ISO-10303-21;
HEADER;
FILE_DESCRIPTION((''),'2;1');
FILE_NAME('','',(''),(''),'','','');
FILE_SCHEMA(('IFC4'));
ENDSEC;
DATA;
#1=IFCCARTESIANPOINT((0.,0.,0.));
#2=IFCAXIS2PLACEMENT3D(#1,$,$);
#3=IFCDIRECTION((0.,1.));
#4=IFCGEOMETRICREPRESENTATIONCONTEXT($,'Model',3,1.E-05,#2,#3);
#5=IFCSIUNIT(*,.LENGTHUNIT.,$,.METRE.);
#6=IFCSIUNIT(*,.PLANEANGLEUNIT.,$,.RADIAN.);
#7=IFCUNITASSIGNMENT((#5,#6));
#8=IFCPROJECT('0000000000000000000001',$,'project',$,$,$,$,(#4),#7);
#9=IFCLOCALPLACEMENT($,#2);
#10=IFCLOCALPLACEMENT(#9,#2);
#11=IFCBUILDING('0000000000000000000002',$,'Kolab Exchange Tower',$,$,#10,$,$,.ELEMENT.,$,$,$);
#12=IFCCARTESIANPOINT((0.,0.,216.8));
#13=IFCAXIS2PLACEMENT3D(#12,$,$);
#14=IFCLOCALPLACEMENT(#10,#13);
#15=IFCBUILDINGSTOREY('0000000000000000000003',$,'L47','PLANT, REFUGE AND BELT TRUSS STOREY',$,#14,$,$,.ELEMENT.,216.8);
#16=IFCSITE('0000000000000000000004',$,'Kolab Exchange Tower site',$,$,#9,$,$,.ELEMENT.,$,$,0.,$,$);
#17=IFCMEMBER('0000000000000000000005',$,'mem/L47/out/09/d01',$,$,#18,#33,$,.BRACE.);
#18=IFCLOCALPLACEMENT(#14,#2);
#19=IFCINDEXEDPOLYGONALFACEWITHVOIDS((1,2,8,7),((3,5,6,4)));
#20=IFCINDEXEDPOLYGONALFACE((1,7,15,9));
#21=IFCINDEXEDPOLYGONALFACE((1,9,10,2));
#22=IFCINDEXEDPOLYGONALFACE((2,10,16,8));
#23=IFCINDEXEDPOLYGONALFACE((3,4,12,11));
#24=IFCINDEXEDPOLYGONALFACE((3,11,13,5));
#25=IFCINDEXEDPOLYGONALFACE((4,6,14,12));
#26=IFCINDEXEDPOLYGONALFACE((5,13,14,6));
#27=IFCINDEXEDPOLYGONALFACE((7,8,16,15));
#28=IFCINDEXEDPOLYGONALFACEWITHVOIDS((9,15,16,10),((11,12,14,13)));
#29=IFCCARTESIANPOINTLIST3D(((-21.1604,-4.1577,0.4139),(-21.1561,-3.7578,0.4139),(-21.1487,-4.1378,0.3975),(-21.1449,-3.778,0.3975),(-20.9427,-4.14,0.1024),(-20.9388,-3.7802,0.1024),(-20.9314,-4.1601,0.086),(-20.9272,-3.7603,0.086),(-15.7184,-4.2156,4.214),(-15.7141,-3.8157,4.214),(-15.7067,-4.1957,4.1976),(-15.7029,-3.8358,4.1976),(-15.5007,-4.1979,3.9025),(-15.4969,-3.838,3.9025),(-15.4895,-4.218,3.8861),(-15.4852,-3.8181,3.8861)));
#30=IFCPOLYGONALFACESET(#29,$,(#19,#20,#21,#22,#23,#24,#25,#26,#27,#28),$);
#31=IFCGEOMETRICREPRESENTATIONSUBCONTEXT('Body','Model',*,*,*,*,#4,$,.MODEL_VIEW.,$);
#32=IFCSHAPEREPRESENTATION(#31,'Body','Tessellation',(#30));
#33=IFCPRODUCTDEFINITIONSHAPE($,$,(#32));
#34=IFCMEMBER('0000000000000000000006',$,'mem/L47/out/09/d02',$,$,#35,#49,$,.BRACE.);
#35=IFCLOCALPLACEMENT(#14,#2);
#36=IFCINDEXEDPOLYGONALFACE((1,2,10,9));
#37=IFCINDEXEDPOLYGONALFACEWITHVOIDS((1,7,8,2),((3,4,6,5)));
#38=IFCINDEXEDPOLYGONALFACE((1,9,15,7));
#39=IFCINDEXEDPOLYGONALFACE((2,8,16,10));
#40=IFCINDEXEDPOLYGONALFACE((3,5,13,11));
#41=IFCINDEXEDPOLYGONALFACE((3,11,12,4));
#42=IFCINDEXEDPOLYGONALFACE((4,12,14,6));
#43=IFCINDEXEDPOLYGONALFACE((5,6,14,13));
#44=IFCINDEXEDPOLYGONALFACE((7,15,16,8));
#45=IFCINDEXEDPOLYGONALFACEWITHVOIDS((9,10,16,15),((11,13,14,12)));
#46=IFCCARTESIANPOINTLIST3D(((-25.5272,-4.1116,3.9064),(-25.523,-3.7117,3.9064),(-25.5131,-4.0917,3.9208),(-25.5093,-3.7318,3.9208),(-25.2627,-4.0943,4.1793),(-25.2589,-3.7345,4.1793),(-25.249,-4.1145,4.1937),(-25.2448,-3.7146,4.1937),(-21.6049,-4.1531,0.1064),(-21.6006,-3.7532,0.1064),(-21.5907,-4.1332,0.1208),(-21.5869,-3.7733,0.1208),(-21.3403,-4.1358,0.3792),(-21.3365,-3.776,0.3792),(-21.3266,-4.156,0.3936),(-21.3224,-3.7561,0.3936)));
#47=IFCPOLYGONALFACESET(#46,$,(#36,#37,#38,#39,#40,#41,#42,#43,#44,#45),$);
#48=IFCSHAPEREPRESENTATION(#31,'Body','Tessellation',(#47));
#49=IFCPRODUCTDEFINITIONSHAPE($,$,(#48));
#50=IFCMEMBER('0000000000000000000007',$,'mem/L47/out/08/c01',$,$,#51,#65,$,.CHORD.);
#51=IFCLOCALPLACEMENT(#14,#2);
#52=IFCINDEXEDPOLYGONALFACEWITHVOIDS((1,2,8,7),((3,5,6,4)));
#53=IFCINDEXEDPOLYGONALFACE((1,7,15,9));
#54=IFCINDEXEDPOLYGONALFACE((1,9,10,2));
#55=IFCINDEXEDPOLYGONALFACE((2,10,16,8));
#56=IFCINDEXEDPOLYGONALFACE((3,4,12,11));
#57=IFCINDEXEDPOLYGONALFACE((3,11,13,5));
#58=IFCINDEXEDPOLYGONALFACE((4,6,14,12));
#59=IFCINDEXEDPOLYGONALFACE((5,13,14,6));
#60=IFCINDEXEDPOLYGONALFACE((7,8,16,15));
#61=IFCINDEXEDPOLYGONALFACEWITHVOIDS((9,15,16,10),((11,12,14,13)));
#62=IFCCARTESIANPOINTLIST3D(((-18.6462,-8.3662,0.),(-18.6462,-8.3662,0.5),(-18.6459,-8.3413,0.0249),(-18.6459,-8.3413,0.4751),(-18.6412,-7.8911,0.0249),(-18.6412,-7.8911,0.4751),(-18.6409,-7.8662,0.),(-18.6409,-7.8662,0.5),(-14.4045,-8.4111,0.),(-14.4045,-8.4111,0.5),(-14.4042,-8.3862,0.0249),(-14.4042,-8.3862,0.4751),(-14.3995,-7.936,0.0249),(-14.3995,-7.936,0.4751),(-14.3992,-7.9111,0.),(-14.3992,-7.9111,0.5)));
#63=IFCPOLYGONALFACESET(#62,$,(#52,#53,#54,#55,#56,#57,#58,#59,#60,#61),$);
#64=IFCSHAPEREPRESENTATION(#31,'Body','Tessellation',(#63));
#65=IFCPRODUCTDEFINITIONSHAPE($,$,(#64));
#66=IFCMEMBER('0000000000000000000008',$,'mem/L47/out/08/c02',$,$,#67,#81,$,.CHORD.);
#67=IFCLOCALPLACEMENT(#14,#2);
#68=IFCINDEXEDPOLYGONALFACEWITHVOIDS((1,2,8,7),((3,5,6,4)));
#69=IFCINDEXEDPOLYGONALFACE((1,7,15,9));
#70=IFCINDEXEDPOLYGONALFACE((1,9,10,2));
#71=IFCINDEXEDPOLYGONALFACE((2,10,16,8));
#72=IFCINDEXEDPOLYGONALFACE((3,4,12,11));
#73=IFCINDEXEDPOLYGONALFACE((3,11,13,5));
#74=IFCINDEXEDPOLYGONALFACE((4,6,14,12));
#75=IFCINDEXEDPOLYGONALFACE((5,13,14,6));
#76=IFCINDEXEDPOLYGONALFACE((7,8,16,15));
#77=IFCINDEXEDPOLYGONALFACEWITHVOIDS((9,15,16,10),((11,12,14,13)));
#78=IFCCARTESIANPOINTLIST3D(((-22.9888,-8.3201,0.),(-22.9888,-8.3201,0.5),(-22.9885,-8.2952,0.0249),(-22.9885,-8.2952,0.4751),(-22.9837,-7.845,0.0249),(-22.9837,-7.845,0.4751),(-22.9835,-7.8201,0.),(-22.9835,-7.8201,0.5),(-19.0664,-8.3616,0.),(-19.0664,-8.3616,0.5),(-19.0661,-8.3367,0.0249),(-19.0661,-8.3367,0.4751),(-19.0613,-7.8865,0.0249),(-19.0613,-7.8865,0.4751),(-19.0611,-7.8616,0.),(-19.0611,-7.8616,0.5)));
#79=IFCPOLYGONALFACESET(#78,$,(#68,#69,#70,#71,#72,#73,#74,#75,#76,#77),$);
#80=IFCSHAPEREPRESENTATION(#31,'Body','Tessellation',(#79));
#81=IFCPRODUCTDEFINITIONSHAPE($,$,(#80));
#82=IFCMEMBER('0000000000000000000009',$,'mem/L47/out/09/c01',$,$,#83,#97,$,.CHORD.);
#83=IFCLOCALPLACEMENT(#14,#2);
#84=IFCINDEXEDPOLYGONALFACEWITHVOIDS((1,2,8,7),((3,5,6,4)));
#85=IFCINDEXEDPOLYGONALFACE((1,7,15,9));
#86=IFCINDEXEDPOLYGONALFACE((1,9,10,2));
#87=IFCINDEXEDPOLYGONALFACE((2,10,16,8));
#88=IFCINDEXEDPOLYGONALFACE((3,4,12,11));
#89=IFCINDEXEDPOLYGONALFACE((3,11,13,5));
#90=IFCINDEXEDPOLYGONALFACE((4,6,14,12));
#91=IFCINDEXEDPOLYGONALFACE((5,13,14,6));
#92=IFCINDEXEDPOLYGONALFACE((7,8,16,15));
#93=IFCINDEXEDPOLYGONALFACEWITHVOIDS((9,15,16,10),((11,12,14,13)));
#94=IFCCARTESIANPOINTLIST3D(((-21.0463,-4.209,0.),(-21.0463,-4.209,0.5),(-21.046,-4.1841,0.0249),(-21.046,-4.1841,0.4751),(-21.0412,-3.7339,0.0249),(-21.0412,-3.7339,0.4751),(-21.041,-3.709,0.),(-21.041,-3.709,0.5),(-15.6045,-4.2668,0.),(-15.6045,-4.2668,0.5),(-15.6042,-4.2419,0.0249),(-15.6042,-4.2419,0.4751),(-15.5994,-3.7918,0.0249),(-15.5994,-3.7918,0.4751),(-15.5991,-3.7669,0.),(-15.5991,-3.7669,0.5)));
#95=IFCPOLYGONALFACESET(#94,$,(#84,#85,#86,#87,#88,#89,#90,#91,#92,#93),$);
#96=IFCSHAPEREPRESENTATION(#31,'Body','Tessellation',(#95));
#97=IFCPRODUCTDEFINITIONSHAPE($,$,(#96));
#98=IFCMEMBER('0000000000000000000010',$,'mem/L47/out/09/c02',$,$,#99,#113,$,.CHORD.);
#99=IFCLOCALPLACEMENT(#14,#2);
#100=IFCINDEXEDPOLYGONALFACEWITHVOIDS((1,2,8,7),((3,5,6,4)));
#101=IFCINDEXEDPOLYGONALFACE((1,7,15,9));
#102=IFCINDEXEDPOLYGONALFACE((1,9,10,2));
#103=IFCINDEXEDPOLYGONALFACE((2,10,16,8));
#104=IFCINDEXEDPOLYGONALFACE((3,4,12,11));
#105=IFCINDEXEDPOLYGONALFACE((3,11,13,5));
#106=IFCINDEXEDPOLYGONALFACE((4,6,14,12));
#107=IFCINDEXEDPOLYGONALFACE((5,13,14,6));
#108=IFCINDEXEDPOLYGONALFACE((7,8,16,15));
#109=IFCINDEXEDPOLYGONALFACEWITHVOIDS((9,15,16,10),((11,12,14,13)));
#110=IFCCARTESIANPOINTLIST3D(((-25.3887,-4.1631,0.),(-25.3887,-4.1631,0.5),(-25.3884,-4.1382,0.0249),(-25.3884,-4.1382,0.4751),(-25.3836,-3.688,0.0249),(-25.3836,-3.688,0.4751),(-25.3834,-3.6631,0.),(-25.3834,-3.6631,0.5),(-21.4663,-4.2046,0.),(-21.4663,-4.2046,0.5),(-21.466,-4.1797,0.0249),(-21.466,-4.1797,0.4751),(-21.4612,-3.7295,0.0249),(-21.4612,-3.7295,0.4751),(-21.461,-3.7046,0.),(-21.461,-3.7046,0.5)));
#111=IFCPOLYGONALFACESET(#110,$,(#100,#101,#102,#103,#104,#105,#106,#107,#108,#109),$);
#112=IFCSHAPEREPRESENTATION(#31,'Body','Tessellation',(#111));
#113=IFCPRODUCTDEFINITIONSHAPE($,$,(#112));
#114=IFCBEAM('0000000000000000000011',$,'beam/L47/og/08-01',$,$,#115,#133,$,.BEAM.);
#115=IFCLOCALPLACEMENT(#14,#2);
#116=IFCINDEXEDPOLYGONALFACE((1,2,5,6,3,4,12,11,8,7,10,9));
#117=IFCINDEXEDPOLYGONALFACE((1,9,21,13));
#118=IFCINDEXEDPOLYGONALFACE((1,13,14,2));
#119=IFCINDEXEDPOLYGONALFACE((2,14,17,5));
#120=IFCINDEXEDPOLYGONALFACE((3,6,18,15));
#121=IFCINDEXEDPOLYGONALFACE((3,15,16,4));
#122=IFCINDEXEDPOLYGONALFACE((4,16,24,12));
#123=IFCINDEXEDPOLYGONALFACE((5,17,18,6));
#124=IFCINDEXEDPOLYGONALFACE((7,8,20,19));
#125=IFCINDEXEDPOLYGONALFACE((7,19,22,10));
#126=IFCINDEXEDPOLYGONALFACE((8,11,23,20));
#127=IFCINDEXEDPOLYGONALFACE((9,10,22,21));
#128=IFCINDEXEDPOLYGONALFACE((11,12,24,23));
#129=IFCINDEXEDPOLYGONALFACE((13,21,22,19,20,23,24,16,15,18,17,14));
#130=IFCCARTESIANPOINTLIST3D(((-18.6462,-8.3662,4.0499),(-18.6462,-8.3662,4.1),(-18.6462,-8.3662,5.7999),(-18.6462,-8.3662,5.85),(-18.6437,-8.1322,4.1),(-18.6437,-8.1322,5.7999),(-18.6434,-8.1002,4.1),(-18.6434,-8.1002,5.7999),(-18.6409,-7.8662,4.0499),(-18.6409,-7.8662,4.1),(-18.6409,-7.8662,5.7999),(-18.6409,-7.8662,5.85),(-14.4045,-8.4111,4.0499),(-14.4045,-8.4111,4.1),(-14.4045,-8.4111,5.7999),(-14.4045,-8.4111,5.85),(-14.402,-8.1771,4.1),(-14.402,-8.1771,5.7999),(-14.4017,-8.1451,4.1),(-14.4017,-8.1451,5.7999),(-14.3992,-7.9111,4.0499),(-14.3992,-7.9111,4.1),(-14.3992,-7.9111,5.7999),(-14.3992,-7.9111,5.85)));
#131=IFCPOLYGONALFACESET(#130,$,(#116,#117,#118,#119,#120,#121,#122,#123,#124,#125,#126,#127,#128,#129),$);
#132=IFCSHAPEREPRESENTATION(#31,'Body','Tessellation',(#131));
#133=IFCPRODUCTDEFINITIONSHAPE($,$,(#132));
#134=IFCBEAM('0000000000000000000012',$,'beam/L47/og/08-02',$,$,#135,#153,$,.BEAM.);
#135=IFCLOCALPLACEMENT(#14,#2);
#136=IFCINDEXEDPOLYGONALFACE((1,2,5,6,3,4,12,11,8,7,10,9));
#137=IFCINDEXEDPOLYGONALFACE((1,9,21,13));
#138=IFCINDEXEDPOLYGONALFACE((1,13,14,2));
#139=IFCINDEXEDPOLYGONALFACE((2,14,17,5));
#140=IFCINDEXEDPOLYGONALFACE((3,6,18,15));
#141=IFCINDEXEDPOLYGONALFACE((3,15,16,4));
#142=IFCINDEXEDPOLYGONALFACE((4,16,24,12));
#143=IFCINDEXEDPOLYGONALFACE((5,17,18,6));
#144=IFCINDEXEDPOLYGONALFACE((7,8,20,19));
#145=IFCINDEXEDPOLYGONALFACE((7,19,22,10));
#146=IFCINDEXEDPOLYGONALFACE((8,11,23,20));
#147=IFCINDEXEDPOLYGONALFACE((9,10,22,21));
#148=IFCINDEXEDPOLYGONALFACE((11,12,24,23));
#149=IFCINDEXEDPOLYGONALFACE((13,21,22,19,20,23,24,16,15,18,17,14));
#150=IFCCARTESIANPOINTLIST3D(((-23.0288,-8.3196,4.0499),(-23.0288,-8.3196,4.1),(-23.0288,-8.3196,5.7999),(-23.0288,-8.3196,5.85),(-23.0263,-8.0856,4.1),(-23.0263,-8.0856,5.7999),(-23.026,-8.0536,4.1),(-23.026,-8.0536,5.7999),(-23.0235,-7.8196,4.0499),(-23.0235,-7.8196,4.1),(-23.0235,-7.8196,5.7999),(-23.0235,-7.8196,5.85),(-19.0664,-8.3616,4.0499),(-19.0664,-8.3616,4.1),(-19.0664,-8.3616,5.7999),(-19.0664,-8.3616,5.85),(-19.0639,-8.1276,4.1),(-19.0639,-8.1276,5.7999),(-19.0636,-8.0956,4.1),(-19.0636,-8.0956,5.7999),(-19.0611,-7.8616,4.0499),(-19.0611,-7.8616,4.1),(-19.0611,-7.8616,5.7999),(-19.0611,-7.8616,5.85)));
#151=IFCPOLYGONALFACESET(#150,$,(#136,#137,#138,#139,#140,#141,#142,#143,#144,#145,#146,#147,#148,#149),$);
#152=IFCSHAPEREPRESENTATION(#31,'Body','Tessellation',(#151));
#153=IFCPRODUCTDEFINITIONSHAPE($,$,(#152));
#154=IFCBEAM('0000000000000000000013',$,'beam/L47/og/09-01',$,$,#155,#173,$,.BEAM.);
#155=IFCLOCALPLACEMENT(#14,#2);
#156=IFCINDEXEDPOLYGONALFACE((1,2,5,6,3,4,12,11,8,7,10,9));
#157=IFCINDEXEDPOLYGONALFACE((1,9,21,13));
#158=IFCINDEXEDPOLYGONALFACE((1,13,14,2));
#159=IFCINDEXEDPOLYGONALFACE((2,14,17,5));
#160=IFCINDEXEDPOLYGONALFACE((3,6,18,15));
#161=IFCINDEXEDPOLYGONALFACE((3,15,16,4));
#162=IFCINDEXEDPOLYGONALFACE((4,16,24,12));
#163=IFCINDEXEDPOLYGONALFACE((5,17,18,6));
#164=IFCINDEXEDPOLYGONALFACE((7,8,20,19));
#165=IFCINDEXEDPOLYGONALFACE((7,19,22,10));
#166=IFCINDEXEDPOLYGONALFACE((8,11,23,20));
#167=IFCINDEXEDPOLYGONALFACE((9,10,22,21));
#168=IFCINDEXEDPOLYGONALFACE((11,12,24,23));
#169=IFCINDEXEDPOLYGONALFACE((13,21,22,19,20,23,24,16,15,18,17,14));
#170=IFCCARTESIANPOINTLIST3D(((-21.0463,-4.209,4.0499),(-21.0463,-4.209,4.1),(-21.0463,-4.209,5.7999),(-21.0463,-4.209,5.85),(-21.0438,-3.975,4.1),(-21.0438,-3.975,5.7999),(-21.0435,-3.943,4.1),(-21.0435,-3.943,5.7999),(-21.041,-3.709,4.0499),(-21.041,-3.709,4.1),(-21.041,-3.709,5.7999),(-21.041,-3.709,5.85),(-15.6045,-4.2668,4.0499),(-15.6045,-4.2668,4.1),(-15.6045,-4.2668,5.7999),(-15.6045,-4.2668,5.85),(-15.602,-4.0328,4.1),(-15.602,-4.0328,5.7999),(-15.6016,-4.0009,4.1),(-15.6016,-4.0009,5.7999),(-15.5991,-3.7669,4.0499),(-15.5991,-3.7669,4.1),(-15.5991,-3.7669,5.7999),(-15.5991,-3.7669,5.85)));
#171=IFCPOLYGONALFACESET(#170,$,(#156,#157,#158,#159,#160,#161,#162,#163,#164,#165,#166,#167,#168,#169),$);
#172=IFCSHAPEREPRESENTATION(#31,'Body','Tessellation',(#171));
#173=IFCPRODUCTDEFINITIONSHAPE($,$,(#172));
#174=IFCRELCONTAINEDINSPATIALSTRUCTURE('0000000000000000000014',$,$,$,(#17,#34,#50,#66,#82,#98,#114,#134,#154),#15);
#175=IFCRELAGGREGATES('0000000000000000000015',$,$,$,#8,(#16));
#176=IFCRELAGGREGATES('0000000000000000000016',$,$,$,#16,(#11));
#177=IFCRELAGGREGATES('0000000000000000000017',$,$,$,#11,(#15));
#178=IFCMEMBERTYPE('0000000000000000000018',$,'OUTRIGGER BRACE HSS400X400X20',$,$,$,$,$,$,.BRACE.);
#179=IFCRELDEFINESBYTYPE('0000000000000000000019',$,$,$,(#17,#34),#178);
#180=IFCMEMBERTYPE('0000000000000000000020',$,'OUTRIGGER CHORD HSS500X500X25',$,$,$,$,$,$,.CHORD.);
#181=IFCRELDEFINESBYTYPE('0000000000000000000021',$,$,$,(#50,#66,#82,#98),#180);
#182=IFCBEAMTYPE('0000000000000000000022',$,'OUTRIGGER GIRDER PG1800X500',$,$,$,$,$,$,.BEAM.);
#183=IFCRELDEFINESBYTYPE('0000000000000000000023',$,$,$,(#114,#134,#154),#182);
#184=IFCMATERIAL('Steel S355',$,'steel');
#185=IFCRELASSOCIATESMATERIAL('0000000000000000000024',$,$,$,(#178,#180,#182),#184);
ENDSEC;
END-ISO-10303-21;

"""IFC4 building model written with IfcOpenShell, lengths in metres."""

from ifc_helpers import new_model, si_unit, direction, frame, origin, origin_2d, place, context, subcontext, project, spatial, hollow_rectangle, i_section, extrude, material, material_profile, profile_set, type_object, element, save


model = new_model("IFC4")

# Units and contexts
model_context = context("Model", 3, precision=1e-05, world=origin(), true_north=direction((0.0, 1.0)))
body_context = subcontext(model_context, "Body", "Model", "MODEL_VIEW")
ifc_project = project(units=[si_unit("LENGTHUNIT", "METRE"), si_unit("PLANEANGLEUNIT", "RADIAN")], contexts=[model_context])

# Site, building, storey
site_placement = place(None, origin())
site = spatial("IfcSite", under=ifc_project, at=site_placement, Name="Kolab Exchange Tower site", CompositionType="ELEMENT", RefElevation=0.0)
building_placement = place(site_placement, origin())
building = spatial("IfcBuilding", under=site, at=building_placement, Name="Kolab Exchange Tower", CompositionType="ELEMENT")
storey_placement = place(building_placement, frame((0.0, 0.0, 216.8)))
storey = spatial("IfcBuildingStorey", under=building, at=storey_placement, Name="L47", Description="PLANT, REFUGE AND BELT TRUSS STOREY", CompositionType="ELEMENT", Elevation=216.8)

# Shared definitions
ifc_material_1 = material(Name="Steel S355", Category="steel")

# Members
ifc_material_profile_1 = material_profile(ifc_material_1, hollow_rectangle(XDim=0.3999, YDim=0.3999, WallThickness=0.02, at=origin_2d()), Name="HSS400X400X20")
ifc_profile_set_1 = profile_set([ifc_material_profile_1], Name="Steel S355")
member_type_1 = type_object("IfcMemberType", Name="OUTRIGGER BRACE HSS400X400X20", PredefinedType="BRACE", material=ifc_profile_set_1)
member_1_placement = place(storey_placement, frame((-15.6018, -4.0168, 4.05), z_axis=(-0.819857, 0.008717, -0.572502), x_axis=(-0.010632, -0.999943, 0.0)))
element("IfcMember", 1, at=member_1_placement, inside=storey, type_object=member_type_1, Name="mem/L47/out/09/d01", PredefinedType="BRACE", context=body_context, shape_type="SweptSolid", body=[
    extrude(hollow_rectangle(XDim=0.3999, YDim=0.3999, WallThickness=0.02, at=origin_2d()), origin(), (0.0, 0.0, 1.0), 6.6377),
])
member_2_placement = place(storey_placement, frame((-21.4636, -3.9546, 0.25), z_axis=(-0.718196, 0.007599, 0.6958), x_axis=(-0.010581, -0.999944, 0.0)))
element("IfcMember", 2, at=member_2_placement, inside=storey, type_object=member_type_1, Name="mem/L47/out/09/d02", PredefinedType="BRACE", context=body_context, shape_type="SweptSolid", body=[
    extrude(hollow_rectangle(XDim=0.3999, YDim=0.3999, WallThickness=0.02, at=origin_2d()), origin(), (0.0, 0.0, 1.0), 5.4614),
])
ifc_material_profile_2 = material_profile(ifc_material_1, hollow_rectangle(XDim=0.5, YDim=0.5, WallThickness=0.0249, at=origin_2d()), Name="HSS500X500X25")
ifc_profile_set_2 = profile_set([ifc_material_profile_2], Name="Steel S355")
member_type_2 = type_object("IfcMemberType", Name="OUTRIGGER CHORD HSS500X500X25", PredefinedType="CHORD", material=ifc_profile_set_2)
member_3_placement = place(storey_placement, frame((-14.4019, -8.1611, 0.25), z_axis=(-0.999944, 0.01059, 0.0), x_axis=(-0.01059, -0.999944, 0.0)))
element("IfcMember", 3, at=member_3_placement, inside=storey, type_object=member_type_2, Name="mem/L47/out/08/c01", PredefinedType="CHORD", context=body_context, shape_type="SweptSolid", body=[
    extrude(hollow_rectangle(XDim=0.5, YDim=0.5, WallThickness=0.0249, at=origin_2d()), origin(), (0.0, 0.0, 1.0), 4.2419),
])
member_4_placement = place(storey_placement, frame((-19.0637, -8.1116, 0.25), z_axis=(-0.999944, 0.010581, 0.0), x_axis=(-0.010581, -0.999944, 0.0)))
element("IfcMember", 4, at=member_4_placement, inside=storey, type_object=member_type_2, Name="mem/L47/out/08/c02", PredefinedType="CHORD", context=body_context, shape_type="SweptSolid", body=[
    extrude(hollow_rectangle(XDim=0.5, YDim=0.5, WallThickness=0.0249, at=origin_2d()), origin(), (0.0, 0.0, 1.0), 3.9226),
])
member_5_placement = place(storey_placement, frame((-15.6018, -4.0168, 0.25), z_axis=(-0.999943, 0.010632, 0.0), x_axis=(-0.010632, -0.999943, 0.0)))
element("IfcMember", 5, at=member_5_placement, inside=storey, type_object=member_type_2, Name="mem/L47/out/09/c01", PredefinedType="CHORD", context=body_context, shape_type="SweptSolid", body=[
    extrude(hollow_rectangle(XDim=0.5, YDim=0.5, WallThickness=0.0249, at=origin_2d()), origin(), (0.0, 0.0, 1.0), 5.4421),
])
member_6_placement = place(storey_placement, frame((-21.4636, -3.9546, 0.25), z_axis=(-0.999944, 0.010581, 0.0), x_axis=(-0.010581, -0.999944, 0.0)))
element("IfcMember", 6, at=member_6_placement, inside=storey, type_object=member_type_2, Name="mem/L47/out/09/c02", PredefinedType="CHORD", context=body_context, shape_type="SweptSolid", body=[
    extrude(hollow_rectangle(XDim=0.5, YDim=0.5, WallThickness=0.0249, at=origin_2d()), origin(), (0.0, 0.0, 1.0), 3.9226),
])

# Beams
ifc_material_profile_3 = material_profile(ifc_material_1, i_section(OverallWidth=0.5, OverallDepth=1.8, WebThickness=0.032, FlangeThickness=0.05, at=origin_2d()), Name="PG1800X500")
ifc_profile_set_3 = profile_set([ifc_material_profile_3], Name="Steel S355")
beam_type_1 = type_object("IfcBeamType", Name="OUTRIGGER GIRDER PG1800X500", PredefinedType="BEAM", material=ifc_profile_set_3)
beam_1_placement = place(storey_placement, frame((-14.4019, -8.1611, 4.95), z_axis=(-0.999944, 0.01059, 0.0), x_axis=(-0.01059, -0.999944, 0.0)))
element("IfcBeam", 7, at=beam_1_placement, inside=storey, type_object=beam_type_1, Name="beam/L47/og/08-01", PredefinedType="BEAM", context=body_context, shape_type="SweptSolid", body=[
    extrude(i_section(OverallWidth=0.5, OverallDepth=1.8, WebThickness=0.032, FlangeThickness=0.05, at=origin_2d()), origin(), (0.0, 0.0, 1.0), 4.2419),
])
beam_2_placement = place(storey_placement, frame((-19.0637, -8.1116, 4.95), z_axis=(-0.999944, 0.010597, 0.0), x_axis=(-0.010597, -0.999944, 0.0)))
element("IfcBeam", 8, at=beam_2_placement, inside=storey, type_object=beam_type_1, Name="beam/L47/og/08-02", PredefinedType="BEAM", context=body_context, shape_type="SweptSolid", body=[
    extrude(i_section(OverallWidth=0.5, OverallDepth=1.8, WebThickness=0.032, FlangeThickness=0.05, at=origin_2d()), origin(), (0.0, 0.0, 1.0), 3.9626),
])
beam_3_placement = place(storey_placement, frame((-15.6018, -4.0168, 4.95), z_axis=(-0.999943, 0.010632, 0.0), x_axis=(-0.010632, -0.999943, 0.0)))
element("IfcBeam", 9, at=beam_3_placement, inside=storey, type_object=beam_type_1, Name="beam/L47/og/09-01", PredefinedType="BEAM", context=body_context, shape_type="SweptSolid", body=[
    extrude(i_section(OverallWidth=0.5, OverallDepth=1.8, WebThickness=0.032, FlangeThickness=0.05, at=origin_2d()), origin(), (0.0, 0.0, 1.0), 5.4421),
])

save(model, "model.ifc")
